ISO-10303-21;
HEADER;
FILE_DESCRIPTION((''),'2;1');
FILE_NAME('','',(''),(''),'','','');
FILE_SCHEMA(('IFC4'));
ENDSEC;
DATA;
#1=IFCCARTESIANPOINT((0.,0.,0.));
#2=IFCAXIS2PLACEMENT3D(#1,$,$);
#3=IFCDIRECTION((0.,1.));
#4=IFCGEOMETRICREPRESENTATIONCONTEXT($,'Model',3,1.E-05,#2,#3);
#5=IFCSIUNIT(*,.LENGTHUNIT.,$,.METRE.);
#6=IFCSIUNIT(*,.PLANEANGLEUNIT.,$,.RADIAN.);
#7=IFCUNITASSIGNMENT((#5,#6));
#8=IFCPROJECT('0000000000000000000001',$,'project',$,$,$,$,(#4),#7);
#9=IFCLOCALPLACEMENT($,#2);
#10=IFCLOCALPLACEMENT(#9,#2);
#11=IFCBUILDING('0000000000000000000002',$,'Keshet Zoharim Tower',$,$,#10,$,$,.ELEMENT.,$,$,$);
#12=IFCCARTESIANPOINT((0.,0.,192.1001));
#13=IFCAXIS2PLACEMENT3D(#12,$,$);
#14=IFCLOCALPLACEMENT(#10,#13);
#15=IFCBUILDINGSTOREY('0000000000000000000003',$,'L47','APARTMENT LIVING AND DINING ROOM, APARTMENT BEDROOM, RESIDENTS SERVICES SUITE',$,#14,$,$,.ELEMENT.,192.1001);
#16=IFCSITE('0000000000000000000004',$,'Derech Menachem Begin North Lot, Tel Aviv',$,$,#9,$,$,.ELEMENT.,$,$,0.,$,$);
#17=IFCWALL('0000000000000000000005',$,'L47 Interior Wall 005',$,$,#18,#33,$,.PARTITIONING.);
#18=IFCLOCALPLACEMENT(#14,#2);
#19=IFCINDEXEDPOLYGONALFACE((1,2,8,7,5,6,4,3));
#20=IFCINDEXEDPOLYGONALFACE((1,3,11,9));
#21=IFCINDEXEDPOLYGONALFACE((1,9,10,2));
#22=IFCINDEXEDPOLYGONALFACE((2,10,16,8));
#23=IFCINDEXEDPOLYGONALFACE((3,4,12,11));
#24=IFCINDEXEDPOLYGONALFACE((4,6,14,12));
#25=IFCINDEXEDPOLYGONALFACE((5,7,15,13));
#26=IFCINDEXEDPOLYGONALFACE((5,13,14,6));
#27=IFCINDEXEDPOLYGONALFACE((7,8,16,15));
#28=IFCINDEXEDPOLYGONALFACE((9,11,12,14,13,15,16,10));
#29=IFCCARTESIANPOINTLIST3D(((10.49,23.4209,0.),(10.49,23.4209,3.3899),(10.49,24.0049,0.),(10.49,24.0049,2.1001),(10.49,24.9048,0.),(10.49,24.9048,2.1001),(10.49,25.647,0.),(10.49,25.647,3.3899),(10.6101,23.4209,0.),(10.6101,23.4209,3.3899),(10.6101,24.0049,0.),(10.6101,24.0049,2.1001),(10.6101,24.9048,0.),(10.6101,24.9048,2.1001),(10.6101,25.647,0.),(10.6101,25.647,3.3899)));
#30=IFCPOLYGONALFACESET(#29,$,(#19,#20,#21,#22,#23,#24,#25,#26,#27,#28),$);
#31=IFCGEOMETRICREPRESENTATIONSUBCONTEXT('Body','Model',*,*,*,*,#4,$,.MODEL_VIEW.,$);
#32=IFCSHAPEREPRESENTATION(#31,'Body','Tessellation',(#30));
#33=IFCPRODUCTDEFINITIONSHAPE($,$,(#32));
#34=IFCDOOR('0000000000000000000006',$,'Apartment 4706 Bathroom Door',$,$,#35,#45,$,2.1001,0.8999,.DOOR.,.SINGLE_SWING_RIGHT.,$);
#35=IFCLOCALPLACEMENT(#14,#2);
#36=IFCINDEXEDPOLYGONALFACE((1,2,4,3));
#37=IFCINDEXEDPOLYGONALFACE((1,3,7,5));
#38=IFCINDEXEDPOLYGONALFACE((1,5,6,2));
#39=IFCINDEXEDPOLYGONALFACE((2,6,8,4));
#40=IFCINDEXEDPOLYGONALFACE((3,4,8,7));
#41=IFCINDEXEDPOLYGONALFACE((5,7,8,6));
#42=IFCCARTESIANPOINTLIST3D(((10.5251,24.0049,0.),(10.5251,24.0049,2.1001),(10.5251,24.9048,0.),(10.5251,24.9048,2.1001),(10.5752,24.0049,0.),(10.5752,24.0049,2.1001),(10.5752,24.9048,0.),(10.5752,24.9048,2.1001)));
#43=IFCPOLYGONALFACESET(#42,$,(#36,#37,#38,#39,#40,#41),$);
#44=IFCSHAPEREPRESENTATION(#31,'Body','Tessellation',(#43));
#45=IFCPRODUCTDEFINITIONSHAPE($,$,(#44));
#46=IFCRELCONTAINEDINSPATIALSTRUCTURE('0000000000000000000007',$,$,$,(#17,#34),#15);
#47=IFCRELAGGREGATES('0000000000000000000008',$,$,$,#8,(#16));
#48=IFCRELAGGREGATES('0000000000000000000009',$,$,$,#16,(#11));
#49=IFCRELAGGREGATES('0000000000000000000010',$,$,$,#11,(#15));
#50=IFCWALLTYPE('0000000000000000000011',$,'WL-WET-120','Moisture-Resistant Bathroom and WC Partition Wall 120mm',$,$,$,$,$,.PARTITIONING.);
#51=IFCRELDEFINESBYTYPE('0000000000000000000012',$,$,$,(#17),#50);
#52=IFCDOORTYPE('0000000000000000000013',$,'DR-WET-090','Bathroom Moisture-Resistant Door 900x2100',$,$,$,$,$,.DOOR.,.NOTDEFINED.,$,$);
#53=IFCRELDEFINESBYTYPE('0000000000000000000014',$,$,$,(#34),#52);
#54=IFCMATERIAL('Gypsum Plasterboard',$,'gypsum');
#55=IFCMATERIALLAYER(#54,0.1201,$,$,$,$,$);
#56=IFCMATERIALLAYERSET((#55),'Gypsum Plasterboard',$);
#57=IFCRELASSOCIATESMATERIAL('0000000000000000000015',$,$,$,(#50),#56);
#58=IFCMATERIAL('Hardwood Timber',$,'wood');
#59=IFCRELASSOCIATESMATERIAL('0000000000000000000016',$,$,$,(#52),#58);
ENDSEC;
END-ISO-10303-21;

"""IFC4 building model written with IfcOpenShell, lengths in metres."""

from ifc_helpers import new_model, si_unit, direction, frame, frame_2d, origin, place, context, subcontext, project, spatial, rectangle, extrude, material, layer, layer_set, type_object, element, fill, save


model = new_model("IFC4")

# Units and contexts
model_context = context("Model", 3, precision=1e-05, world=origin(), true_north=direction((0.0, 1.0)))
body_context = subcontext(model_context, "Body", "Model", "MODEL_VIEW")
ifc_project = project(units=[si_unit("LENGTHUNIT", "METRE"), si_unit("PLANEANGLEUNIT", "RADIAN")], contexts=[model_context])

# Site, building, storey
site_placement = place(None, origin())
site = spatial("IfcSite", under=ifc_project, at=site_placement, Name="Derech Menachem Begin North Lot, Tel Aviv", CompositionType="ELEMENT", RefElevation=0.0)
building_placement = place(site_placement, origin())
building = spatial("IfcBuilding", under=site, at=building_placement, Name="Keshet Zoharim Tower", CompositionType="ELEMENT")
storey_placement = place(building_placement, frame((0.0, 0.0, 192.1001)))
storey = spatial("IfcBuildingStorey", under=building, at=storey_placement, Name="L47", Description="APARTMENT LIVING AND DINING ROOM, APARTMENT BEDROOM, RESIDENTS SERVICES SUITE", CompositionType="ELEMENT", Elevation=192.1001)

# Shared definitions
ifc_material_1 = material(Name="Gypsum Plasterboard", Category="gypsum")

# Shared definitions
ifc_material_2 = material(Name="Hardwood Timber", Category="wood")

# Wall, opening, door
ifc_layer_1 = layer(ifc_material_1, 0.1201)
ifc_layer_set_1 = layer_set([ifc_layer_1], Name="Gypsum Plasterboard")
wall_type_1 = type_object("IfcWallType", Name="WL-WET-120", Description="Moisture-Resistant Bathroom and WC Partition Wall 120mm", PredefinedType="PARTITIONING", material=ifc_layer_set_1)
wall_1_placement = place(storey_placement, frame((10.55, 23.4209, 0.0), z_axis=(0.0, 0.0, 1.0), x_axis=(0.0, 1.0, 0.0)))
wall_1 = element("IfcWall", 1, at=wall_1_placement, inside=storey, type_object=wall_type_1, Name="L47 Interior Wall 005", PredefinedType="PARTITIONING", context=body_context, shape_type="SweptSolid", body=[
    extrude(rectangle(XDim=2.2261, YDim=0.1201, at=frame_2d((1.113, 0.0))), origin(), (0.0, 0.0, 1.0), 3.3899),
])
opening_1_placement = place(wall_1_placement, frame((0.584, 0.0, 0.0)))
opening_1 = element("IfcOpeningElement", 2, at=opening_1_placement, cuts=wall_1, PredefinedType="OPENING", context=body_context, shape_type="SweptSolid", body=[
    extrude(rectangle(XDim=0.8999, YDim=2.1001, at=frame_2d((0.45, 1.05))), frame((0.0, 0.0701, 0.0), z_axis=(0.0, -1.0, 0.0), x_axis=(1.0, 0.0, 0.0)), (0.0, 0.0, 1.0), 0.1401),
])
door_type_1 = type_object("IfcDoorType", Name="DR-WET-090", Description="Bathroom Moisture-Resistant Door 900x2100", OperationType="NOTDEFINED", PredefinedType="DOOR", material=ifc_material_2)
door_1_placement = place(opening_1_placement, origin())
door_1 = element("IfcDoor", 3, at=door_1_placement, inside=storey, type_object=door_type_1, Name="Apartment 4706 Bathroom Door", OperationType="SINGLE_SWING_RIGHT", OverallHeight=2.1001, OverallWidth=0.8999, PredefinedType="DOOR", context=body_context, shape_type="SweptSolid", body=[
    extrude(rectangle(XDim=0.8999, YDim=2.1001, at=frame_2d((0.45, 1.05))), frame((0.0, 0.0249, 0.0), z_axis=(0.0, -1.0, 0.0), x_axis=(1.0, 0.0, 0.0)), (0.0, 0.0, 1.0), 0.05),
])
fill(opening_1, door_1)

save(model, "model.ifc")
